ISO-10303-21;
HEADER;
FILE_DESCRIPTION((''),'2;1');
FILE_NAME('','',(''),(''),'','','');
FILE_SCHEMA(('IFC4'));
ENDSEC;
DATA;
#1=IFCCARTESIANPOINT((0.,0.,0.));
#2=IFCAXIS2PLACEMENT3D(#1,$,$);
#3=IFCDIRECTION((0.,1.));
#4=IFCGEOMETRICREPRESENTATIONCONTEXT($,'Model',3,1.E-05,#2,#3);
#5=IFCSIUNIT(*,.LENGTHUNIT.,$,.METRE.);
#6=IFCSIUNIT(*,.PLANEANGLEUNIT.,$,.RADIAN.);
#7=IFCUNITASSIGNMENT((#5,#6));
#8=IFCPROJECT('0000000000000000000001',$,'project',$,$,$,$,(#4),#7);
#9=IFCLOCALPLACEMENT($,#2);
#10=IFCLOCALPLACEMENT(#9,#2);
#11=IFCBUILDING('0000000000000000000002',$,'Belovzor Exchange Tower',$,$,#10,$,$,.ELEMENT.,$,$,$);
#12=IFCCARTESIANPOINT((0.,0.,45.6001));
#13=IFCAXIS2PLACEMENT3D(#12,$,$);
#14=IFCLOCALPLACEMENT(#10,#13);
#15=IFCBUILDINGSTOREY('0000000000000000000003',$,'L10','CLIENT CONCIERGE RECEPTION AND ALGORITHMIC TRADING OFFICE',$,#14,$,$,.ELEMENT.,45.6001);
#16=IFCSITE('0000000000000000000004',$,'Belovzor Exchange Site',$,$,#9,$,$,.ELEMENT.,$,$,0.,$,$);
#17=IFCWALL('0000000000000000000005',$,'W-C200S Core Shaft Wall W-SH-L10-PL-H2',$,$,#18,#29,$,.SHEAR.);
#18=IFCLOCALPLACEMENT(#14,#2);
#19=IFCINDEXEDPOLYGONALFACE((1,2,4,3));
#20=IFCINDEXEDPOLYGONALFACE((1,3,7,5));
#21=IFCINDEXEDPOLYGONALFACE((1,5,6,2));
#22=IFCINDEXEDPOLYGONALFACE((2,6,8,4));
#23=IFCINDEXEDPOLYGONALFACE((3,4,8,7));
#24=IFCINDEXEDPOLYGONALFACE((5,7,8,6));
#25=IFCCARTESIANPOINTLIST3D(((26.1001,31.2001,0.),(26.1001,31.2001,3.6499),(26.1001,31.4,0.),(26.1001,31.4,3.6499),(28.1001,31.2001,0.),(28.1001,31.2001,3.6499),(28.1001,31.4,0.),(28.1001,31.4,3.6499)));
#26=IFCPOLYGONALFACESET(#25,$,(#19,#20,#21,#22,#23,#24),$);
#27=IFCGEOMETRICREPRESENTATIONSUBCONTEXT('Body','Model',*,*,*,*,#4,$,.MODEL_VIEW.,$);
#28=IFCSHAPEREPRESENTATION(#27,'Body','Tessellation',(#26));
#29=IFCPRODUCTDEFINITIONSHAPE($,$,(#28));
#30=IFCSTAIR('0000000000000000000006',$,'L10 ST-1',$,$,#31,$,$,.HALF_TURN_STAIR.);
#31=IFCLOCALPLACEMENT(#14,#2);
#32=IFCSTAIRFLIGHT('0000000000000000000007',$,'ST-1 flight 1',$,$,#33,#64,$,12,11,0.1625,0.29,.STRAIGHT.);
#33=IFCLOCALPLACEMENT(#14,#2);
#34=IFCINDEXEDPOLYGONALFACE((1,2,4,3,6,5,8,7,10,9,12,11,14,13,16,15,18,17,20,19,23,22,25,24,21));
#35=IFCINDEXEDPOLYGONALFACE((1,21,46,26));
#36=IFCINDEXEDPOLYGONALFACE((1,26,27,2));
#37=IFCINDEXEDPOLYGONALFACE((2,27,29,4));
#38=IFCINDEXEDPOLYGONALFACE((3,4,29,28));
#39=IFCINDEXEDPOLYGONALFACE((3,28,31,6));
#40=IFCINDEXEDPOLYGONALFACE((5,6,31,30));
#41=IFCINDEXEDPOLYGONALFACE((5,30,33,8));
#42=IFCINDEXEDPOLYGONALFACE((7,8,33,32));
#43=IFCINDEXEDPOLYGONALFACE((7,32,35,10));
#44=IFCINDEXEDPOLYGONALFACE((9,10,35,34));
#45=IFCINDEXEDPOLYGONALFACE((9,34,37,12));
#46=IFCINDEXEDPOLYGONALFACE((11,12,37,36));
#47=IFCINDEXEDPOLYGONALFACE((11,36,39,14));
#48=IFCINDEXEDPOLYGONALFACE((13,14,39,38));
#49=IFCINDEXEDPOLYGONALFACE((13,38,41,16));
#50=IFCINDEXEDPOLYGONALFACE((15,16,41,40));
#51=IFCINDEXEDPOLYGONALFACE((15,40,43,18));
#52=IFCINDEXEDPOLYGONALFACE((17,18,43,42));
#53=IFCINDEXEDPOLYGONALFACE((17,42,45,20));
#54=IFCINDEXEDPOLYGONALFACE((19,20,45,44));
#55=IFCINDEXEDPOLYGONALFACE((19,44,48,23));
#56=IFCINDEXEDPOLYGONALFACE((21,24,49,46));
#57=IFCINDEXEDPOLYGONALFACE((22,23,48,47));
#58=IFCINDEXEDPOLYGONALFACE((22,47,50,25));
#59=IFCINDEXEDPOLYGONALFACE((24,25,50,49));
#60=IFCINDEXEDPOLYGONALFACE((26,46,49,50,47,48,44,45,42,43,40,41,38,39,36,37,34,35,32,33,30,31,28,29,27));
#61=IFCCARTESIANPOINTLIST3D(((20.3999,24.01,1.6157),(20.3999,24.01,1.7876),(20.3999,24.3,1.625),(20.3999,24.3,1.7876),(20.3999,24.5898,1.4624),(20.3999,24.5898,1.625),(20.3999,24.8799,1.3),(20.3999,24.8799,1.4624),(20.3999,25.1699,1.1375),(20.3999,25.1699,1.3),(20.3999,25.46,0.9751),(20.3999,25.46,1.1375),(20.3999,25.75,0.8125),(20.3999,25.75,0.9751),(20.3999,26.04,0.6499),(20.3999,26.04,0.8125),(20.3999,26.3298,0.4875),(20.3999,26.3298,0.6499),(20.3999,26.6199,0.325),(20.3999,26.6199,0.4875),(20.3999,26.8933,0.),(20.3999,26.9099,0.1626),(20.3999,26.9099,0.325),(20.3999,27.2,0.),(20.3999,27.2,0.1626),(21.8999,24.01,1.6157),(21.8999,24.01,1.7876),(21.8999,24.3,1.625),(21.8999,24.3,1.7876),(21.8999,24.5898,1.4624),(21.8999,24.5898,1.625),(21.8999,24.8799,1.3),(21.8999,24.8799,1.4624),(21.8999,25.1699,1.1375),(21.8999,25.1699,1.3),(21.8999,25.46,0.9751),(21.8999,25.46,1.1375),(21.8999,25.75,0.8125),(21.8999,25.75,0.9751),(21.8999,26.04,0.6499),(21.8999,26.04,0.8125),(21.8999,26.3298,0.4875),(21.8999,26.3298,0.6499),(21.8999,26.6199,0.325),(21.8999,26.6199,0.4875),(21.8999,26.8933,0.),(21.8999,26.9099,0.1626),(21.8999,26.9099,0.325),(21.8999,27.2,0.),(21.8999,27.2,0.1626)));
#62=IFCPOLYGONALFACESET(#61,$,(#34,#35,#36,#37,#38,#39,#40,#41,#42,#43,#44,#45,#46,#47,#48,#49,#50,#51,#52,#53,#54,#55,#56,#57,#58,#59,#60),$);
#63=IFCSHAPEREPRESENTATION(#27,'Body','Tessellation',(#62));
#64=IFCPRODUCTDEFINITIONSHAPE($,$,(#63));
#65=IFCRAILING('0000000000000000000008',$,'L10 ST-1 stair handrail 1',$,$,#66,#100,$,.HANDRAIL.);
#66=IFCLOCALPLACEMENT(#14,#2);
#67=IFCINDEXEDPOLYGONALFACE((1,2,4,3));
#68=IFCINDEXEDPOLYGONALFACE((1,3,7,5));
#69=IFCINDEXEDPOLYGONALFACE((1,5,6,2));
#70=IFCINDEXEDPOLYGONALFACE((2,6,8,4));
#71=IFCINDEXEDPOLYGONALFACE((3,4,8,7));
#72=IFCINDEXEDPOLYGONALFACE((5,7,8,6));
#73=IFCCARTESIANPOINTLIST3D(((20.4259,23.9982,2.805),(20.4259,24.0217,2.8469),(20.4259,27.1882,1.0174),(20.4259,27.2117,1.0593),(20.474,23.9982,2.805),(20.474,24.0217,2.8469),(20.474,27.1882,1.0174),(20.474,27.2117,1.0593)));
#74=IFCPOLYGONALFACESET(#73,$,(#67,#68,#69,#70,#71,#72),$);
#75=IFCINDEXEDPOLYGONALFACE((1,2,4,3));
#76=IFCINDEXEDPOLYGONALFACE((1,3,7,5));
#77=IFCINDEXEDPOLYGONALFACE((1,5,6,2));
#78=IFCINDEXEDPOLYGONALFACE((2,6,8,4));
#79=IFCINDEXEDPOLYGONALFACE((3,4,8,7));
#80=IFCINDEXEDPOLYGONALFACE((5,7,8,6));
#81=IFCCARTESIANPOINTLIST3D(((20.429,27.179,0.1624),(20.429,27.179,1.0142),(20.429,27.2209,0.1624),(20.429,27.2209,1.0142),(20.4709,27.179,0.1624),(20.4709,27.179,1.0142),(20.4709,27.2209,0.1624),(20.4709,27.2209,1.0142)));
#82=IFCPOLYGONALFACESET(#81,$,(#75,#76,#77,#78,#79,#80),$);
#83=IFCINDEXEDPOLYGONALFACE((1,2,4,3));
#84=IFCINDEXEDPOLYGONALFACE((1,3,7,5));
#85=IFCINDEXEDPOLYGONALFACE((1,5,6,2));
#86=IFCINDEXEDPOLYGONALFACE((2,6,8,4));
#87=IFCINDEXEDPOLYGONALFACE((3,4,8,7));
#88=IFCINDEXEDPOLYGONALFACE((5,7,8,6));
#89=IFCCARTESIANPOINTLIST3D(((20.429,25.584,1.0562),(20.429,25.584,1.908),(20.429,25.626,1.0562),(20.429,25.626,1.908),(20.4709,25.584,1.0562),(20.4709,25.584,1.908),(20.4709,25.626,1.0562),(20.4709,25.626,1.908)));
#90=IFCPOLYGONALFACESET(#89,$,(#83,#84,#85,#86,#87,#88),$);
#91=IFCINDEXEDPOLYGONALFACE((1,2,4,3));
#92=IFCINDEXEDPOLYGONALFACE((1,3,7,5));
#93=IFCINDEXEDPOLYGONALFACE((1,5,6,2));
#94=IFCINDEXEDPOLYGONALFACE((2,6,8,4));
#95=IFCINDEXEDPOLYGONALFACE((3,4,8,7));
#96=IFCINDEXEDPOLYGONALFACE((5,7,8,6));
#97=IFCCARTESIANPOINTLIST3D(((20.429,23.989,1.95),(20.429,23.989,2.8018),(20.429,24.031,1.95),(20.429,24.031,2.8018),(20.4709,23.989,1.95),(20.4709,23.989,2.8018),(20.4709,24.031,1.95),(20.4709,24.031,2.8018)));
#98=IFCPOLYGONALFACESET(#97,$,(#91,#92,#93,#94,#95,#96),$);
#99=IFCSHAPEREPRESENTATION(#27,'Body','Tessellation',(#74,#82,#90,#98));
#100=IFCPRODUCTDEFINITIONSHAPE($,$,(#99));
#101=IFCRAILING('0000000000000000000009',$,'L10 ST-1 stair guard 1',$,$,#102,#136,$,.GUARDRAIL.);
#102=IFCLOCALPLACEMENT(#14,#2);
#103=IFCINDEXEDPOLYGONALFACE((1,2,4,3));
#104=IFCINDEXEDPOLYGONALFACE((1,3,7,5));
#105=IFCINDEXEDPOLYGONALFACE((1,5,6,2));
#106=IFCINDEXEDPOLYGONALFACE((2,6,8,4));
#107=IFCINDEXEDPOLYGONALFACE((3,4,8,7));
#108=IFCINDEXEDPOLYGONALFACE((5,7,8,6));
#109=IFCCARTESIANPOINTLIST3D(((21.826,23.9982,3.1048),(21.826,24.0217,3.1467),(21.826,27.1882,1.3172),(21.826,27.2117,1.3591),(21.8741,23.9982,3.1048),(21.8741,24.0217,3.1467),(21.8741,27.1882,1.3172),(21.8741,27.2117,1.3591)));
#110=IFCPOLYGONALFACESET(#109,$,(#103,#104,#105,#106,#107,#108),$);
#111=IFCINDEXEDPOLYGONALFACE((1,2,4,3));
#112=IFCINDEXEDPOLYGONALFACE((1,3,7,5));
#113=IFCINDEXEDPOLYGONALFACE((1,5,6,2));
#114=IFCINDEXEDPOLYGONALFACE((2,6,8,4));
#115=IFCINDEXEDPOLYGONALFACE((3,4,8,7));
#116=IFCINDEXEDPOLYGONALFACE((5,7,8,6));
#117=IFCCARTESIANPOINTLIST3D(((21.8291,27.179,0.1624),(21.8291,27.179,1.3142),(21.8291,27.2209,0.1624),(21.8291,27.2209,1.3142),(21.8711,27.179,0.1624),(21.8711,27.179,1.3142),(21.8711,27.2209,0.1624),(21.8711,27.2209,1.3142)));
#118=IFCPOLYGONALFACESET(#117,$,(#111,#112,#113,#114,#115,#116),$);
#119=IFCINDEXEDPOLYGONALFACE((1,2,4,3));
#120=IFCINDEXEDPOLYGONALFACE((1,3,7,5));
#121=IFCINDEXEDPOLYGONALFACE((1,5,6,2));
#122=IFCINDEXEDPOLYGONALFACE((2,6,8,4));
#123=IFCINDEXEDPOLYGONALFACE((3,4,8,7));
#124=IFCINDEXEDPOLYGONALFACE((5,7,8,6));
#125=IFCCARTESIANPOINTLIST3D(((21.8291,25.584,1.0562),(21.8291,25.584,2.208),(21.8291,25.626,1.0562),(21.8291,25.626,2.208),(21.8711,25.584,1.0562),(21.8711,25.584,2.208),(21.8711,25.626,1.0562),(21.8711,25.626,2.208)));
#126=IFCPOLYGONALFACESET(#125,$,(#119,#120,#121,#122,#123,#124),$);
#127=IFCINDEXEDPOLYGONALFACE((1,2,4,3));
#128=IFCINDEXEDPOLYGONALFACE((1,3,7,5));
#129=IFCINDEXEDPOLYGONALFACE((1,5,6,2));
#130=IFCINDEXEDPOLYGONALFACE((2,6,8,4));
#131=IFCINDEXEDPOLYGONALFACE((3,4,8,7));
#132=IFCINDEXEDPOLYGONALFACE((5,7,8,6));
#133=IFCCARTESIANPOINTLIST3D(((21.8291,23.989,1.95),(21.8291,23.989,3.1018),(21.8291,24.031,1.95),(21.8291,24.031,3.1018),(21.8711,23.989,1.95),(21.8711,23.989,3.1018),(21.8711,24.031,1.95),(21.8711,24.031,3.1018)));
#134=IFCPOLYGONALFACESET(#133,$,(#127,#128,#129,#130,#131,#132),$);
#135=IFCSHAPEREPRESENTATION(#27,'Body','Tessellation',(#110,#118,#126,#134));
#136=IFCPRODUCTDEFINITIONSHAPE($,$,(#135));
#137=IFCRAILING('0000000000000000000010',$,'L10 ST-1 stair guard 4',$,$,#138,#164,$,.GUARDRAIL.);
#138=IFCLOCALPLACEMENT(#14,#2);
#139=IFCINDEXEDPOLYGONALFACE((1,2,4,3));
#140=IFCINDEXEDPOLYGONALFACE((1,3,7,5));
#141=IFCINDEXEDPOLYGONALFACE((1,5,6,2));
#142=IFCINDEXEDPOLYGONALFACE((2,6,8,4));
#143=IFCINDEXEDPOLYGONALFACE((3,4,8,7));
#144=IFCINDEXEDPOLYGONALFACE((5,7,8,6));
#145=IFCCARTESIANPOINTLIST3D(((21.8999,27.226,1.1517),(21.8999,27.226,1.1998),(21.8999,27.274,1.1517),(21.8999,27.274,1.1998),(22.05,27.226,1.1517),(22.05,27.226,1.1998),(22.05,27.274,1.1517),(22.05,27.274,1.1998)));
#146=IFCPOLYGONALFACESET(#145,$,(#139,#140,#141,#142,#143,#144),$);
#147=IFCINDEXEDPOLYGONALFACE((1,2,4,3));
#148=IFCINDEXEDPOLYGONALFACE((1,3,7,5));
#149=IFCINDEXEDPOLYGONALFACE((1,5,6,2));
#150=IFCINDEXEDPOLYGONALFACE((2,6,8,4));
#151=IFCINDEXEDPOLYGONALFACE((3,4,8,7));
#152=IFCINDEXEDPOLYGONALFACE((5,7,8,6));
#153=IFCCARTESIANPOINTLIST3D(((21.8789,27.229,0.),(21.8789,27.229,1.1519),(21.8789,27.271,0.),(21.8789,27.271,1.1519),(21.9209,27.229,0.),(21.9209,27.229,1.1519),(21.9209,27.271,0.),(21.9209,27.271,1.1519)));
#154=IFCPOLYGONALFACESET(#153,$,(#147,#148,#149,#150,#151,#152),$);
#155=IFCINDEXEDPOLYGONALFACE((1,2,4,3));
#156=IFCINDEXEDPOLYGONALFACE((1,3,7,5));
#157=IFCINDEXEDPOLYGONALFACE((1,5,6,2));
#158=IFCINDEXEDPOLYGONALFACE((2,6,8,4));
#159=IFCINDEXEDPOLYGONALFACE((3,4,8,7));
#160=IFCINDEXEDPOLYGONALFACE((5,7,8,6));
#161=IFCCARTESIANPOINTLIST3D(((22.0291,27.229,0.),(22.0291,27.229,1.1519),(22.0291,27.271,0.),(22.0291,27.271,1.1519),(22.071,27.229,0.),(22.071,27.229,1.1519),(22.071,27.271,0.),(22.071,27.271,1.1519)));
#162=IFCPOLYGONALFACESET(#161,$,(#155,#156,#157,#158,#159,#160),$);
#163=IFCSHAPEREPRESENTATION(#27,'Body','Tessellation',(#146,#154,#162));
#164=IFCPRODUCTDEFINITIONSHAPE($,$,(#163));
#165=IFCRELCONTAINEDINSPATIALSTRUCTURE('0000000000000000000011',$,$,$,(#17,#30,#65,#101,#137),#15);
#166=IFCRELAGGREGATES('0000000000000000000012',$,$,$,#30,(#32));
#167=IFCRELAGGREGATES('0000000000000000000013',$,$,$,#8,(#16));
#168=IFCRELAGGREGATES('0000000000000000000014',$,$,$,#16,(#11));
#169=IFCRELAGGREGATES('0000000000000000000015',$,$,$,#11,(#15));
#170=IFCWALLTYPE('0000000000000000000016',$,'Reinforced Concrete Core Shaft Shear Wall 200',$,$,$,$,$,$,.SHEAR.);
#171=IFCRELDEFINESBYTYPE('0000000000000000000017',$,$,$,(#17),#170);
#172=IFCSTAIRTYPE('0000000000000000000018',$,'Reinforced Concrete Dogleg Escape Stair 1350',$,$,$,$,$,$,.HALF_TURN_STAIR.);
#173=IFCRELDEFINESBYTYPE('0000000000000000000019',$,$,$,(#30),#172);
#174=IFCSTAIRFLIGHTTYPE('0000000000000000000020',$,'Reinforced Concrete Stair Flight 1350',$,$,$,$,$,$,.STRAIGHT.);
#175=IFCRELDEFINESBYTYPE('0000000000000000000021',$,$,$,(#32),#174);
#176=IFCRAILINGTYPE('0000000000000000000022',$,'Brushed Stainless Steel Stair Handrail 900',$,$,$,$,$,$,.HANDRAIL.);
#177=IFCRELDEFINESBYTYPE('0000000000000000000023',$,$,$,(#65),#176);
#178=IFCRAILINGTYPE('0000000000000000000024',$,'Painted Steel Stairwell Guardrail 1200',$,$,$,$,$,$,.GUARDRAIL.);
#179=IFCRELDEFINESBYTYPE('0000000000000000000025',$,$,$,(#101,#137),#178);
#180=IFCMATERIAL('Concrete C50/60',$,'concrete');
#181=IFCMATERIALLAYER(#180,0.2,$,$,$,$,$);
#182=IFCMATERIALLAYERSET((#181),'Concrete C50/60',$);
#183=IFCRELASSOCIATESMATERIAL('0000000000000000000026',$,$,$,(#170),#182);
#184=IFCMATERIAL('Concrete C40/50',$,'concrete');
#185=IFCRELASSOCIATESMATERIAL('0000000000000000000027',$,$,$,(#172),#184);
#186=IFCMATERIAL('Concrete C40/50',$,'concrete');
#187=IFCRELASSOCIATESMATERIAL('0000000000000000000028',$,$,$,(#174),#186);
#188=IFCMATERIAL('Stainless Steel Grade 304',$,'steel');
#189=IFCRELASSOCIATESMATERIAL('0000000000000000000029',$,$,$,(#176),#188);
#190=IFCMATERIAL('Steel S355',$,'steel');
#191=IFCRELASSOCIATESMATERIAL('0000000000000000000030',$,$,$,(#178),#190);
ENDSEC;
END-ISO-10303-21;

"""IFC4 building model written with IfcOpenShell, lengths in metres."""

from ifc_helpers import new_model, si_unit, direction, frame, frame_2d, origin, origin_2d, place, context, subcontext, project, spatial, polyline, rectangle, outline, extrude, material, layer, layer_set, type_object, element, aggregate, save


model = new_model("IFC4")

# Units and contexts
model_context = context("Model", 3, precision=1e-05, world=origin(), true_north=direction((0.0, 1.0)))
body_context = subcontext(model_context, "Body", "Model", "MODEL_VIEW")
ifc_project = project(units=[si_unit("LENGTHUNIT", "METRE"), si_unit("PLANEANGLEUNIT", "RADIAN")], contexts=[model_context])

# Site, building, storey
site_placement = place(None, origin())
site = spatial("IfcSite", under=ifc_project, at=site_placement, Name="Belovzor Exchange Site", CompositionType="ELEMENT", RefElevation=0.0)
building_placement = place(site_placement, origin())
building = spatial("IfcBuilding", under=site, at=building_placement, Name="Belovzor Exchange Tower", CompositionType="ELEMENT")
storey_placement = place(building_placement, frame((0.0, 0.0, 45.6001)))
storey = spatial("IfcBuildingStorey", under=building, at=storey_placement, Name="L10", Description="CLIENT CONCIERGE RECEPTION AND ALGORITHMIC TRADING OFFICE", CompositionType="ELEMENT", Elevation=45.6001)

# Shared definitions
ifc_material_1 = material(Name="Concrete C50/60", Category="concrete")
ifc_layer_1 = layer(ifc_material_1, 0.2)
ifc_layer_set_1 = layer_set([ifc_layer_1], Name="Concrete C50/60")
wall_type_1 = type_object("IfcWallType", Name="Reinforced Concrete Core Shaft Shear Wall 200", PredefinedType="SHEAR", material=ifc_layer_set_1)

# Wall
for number, where, z_axis, x_axis, name in (
    (1, (26.1001, 31.3, 0.0), (0.0, 0.0, 1.0), (1.0, 0.0, 0.0), "W-C200S Core Shaft Wall W-SH-L10-PL-H2"),
):
    element("IfcWall", number, at=place(storey_placement, frame(where, z_axis=z_axis, x_axis=x_axis)), inside=storey, type_object=wall_type_1, Name=name, PredefinedType="SHEAR", context=body_context, shape_type="SweptSolid", body=[
        extrude(rectangle(XDim=2.0, YDim=0.2, at=frame_2d((1.0, 0.0))), origin(), (0.0, 0.0, 1.0), 3.6499),
    ])

# Stair, stair flight
ifc_material_2 = material(Name="Concrete C40/50", Category="concrete")
stair_type = type_object("IfcStairType", Name="Reinforced Concrete Dogleg Escape Stair 1350", PredefinedType="HALF_TURN_STAIR", material=ifc_material_2)
stair_placement = place(storey_placement, origin())
stair = element("IfcStair", 2, at=stair_placement, inside=storey, type_object=stair_type, Name="L10 ST-1", PredefinedType="HALF_TURN_STAIR")
ifc_material_3 = material(Name="Concrete C40/50", Category="concrete")
stair_flight_type = type_object("IfcStairFlightType", Name="Reinforced Concrete Stair Flight 1350", PredefinedType="STRAIGHT", material=ifc_material_3)
stair_flight_placement = place(storey_placement, frame((21.1499, 27.2, 0.0), z_axis=(0.0, 0.0, 1.0), x_axis=(0.0, -1.0, 0.0)))
stair_flight = element("IfcStairFlight", 3, at=stair_flight_placement, type_object=stair_flight_type, Name="ST-1 flight 1", NumberOfRisers=12, NumberOfTreads=11, PredefinedType="STRAIGHT", RiserHeight=0.1625, TreadLength=0.29, context=body_context, shape_type="SweptSolid", body=[
    extrude(outline(polyline([(0.0, 0.0), (0.0, 0.1626), (0.29, 0.1626), (0.29, 0.325), (0.5801, 0.325), (0.5801, 0.4875), (0.8701, 0.4875), (0.8701, 0.6499), (1.1599, 0.6499), (1.1599, 0.8125), (1.45, 0.8125), (1.45, 0.9751), (1.74, 0.9751), (1.74, 1.1375), (2.03, 1.1375), (2.03, 1.3), (2.3201, 1.3), (2.3201, 1.4624), (2.6101, 1.4624), (2.6101, 1.625), (2.8999, 1.625), (2.8999, 1.7876), (3.1899, 1.7876), (3.1899, 1.95), (3.1899, 1.6157), (0.3066, 0.0), (0.0, 0.0)])), frame((0.0, 0.75, 0.0), z_axis=(0.0, -1.0, 0.0), x_axis=(1.0, 0.0, 0.0)), (0.0, 0.0, 1.0), 1.5),
])
aggregate(stair, [stair_flight])

# Railings
ifc_material_4 = material(Name="Stainless Steel Grade 304", Category="steel")
railing_type_1 = type_object("IfcRailingType", Name="Brushed Stainless Steel Stair Handrail 900", PredefinedType="HANDRAIL", material=ifc_material_4)
railing_1_placement = place(storey_placement, frame((20.45, 27.2, 0.1624)))
element("IfcRailing", 4, at=railing_1_placement, inside=storey, type_object=railing_type_1, Name="L10 ST-1 stair handrail 1", PredefinedType="HANDRAIL", context=body_context, shape_type="SweptSolid", body=[
    extrude(rectangle(XDim=0.0481, YDim=0.0481, at=origin_2d()), frame((0.0, 0.0, 0.876), z_axis=(0.0, -0.872363, 0.48886), x_axis=(1.0, 0.0, 0.0)), (0.0, 0.0, 1.0), 3.6567),
    extrude(rectangle(XDim=0.042, YDim=0.042, at=origin_2d()), origin(), (0.0, 0.0, 1.0), 0.8518),
    extrude(rectangle(XDim=0.042, YDim=0.042, at=origin_2d()), frame((0.0, -1.595, 0.8938)), (0.0, 0.0, 1.0), 0.8518),
    extrude(rectangle(XDim=0.042, YDim=0.042, at=origin_2d()), frame((0.0, -3.1899, 1.7876)), (0.0, 0.0, 1.0), 0.8518),
])
ifc_material_5 = material(Name="Steel S355", Category="steel")
railing_type_2 = type_object("IfcRailingType", Name="Painted Steel Stairwell Guardrail 1200", PredefinedType="GUARDRAIL", material=ifc_material_5)
railing_2_placement = place(storey_placement, frame((21.8501, 27.2, 0.1624)))
element("IfcRailing", 5, at=railing_2_placement, inside=storey, type_object=railing_type_2, Name="L10 ST-1 stair guard 1", PredefinedType="GUARDRAIL", context=body_context, shape_type="SweptSolid", body=[
    extrude(rectangle(XDim=0.0481, YDim=0.0481, at=origin_2d()), frame((0.0, 0.0, 1.1758), z_axis=(0.0, -0.872363, 0.48886), x_axis=(1.0, 0.0, 0.0)), (0.0, 0.0, 1.0), 3.6567),
    extrude(rectangle(XDim=0.042, YDim=0.042, at=origin_2d()), origin(), (0.0, 0.0, 1.0), 1.1519),
    extrude(rectangle(XDim=0.042, YDim=0.042, at=origin_2d()), frame((0.0, -1.595, 0.8938)), (0.0, 0.0, 1.0), 1.1519),
    extrude(rectangle(XDim=0.042, YDim=0.042, at=origin_2d()), frame((0.0, -3.1899, 1.7876)), (0.0, 0.0, 1.0), 1.1519),
])
railing_3_placement = place(storey_placement, frame((21.8999, 27.25, 0.0)))
element("IfcRailing", 6, at=railing_3_placement, inside=storey, type_object=railing_type_2, Name="L10 ST-1 stair guard 4", PredefinedType="GUARDRAIL", context=body_context, shape_type="SweptSolid", body=[
    extrude(rectangle(XDim=0.0481, YDim=0.0481, at=origin_2d()), frame((0.0, 0.0, 1.1758), z_axis=(1.0, 0.0, 0.0), x_axis=(0.0, 1.0, 0.0)), (0.0, 0.0, 1.0), 0.1501),
    extrude(rectangle(XDim=0.042, YDim=0.042, at=origin_2d()), origin(), (0.0, 0.0, 1.0), 1.1519),
    extrude(rectangle(XDim=0.042, YDim=0.042, at=origin_2d()), frame((0.1501, 0.0, 0.0)), (0.0, 0.0, 1.0), 1.1519),
])

save(model, "model.ifc")
